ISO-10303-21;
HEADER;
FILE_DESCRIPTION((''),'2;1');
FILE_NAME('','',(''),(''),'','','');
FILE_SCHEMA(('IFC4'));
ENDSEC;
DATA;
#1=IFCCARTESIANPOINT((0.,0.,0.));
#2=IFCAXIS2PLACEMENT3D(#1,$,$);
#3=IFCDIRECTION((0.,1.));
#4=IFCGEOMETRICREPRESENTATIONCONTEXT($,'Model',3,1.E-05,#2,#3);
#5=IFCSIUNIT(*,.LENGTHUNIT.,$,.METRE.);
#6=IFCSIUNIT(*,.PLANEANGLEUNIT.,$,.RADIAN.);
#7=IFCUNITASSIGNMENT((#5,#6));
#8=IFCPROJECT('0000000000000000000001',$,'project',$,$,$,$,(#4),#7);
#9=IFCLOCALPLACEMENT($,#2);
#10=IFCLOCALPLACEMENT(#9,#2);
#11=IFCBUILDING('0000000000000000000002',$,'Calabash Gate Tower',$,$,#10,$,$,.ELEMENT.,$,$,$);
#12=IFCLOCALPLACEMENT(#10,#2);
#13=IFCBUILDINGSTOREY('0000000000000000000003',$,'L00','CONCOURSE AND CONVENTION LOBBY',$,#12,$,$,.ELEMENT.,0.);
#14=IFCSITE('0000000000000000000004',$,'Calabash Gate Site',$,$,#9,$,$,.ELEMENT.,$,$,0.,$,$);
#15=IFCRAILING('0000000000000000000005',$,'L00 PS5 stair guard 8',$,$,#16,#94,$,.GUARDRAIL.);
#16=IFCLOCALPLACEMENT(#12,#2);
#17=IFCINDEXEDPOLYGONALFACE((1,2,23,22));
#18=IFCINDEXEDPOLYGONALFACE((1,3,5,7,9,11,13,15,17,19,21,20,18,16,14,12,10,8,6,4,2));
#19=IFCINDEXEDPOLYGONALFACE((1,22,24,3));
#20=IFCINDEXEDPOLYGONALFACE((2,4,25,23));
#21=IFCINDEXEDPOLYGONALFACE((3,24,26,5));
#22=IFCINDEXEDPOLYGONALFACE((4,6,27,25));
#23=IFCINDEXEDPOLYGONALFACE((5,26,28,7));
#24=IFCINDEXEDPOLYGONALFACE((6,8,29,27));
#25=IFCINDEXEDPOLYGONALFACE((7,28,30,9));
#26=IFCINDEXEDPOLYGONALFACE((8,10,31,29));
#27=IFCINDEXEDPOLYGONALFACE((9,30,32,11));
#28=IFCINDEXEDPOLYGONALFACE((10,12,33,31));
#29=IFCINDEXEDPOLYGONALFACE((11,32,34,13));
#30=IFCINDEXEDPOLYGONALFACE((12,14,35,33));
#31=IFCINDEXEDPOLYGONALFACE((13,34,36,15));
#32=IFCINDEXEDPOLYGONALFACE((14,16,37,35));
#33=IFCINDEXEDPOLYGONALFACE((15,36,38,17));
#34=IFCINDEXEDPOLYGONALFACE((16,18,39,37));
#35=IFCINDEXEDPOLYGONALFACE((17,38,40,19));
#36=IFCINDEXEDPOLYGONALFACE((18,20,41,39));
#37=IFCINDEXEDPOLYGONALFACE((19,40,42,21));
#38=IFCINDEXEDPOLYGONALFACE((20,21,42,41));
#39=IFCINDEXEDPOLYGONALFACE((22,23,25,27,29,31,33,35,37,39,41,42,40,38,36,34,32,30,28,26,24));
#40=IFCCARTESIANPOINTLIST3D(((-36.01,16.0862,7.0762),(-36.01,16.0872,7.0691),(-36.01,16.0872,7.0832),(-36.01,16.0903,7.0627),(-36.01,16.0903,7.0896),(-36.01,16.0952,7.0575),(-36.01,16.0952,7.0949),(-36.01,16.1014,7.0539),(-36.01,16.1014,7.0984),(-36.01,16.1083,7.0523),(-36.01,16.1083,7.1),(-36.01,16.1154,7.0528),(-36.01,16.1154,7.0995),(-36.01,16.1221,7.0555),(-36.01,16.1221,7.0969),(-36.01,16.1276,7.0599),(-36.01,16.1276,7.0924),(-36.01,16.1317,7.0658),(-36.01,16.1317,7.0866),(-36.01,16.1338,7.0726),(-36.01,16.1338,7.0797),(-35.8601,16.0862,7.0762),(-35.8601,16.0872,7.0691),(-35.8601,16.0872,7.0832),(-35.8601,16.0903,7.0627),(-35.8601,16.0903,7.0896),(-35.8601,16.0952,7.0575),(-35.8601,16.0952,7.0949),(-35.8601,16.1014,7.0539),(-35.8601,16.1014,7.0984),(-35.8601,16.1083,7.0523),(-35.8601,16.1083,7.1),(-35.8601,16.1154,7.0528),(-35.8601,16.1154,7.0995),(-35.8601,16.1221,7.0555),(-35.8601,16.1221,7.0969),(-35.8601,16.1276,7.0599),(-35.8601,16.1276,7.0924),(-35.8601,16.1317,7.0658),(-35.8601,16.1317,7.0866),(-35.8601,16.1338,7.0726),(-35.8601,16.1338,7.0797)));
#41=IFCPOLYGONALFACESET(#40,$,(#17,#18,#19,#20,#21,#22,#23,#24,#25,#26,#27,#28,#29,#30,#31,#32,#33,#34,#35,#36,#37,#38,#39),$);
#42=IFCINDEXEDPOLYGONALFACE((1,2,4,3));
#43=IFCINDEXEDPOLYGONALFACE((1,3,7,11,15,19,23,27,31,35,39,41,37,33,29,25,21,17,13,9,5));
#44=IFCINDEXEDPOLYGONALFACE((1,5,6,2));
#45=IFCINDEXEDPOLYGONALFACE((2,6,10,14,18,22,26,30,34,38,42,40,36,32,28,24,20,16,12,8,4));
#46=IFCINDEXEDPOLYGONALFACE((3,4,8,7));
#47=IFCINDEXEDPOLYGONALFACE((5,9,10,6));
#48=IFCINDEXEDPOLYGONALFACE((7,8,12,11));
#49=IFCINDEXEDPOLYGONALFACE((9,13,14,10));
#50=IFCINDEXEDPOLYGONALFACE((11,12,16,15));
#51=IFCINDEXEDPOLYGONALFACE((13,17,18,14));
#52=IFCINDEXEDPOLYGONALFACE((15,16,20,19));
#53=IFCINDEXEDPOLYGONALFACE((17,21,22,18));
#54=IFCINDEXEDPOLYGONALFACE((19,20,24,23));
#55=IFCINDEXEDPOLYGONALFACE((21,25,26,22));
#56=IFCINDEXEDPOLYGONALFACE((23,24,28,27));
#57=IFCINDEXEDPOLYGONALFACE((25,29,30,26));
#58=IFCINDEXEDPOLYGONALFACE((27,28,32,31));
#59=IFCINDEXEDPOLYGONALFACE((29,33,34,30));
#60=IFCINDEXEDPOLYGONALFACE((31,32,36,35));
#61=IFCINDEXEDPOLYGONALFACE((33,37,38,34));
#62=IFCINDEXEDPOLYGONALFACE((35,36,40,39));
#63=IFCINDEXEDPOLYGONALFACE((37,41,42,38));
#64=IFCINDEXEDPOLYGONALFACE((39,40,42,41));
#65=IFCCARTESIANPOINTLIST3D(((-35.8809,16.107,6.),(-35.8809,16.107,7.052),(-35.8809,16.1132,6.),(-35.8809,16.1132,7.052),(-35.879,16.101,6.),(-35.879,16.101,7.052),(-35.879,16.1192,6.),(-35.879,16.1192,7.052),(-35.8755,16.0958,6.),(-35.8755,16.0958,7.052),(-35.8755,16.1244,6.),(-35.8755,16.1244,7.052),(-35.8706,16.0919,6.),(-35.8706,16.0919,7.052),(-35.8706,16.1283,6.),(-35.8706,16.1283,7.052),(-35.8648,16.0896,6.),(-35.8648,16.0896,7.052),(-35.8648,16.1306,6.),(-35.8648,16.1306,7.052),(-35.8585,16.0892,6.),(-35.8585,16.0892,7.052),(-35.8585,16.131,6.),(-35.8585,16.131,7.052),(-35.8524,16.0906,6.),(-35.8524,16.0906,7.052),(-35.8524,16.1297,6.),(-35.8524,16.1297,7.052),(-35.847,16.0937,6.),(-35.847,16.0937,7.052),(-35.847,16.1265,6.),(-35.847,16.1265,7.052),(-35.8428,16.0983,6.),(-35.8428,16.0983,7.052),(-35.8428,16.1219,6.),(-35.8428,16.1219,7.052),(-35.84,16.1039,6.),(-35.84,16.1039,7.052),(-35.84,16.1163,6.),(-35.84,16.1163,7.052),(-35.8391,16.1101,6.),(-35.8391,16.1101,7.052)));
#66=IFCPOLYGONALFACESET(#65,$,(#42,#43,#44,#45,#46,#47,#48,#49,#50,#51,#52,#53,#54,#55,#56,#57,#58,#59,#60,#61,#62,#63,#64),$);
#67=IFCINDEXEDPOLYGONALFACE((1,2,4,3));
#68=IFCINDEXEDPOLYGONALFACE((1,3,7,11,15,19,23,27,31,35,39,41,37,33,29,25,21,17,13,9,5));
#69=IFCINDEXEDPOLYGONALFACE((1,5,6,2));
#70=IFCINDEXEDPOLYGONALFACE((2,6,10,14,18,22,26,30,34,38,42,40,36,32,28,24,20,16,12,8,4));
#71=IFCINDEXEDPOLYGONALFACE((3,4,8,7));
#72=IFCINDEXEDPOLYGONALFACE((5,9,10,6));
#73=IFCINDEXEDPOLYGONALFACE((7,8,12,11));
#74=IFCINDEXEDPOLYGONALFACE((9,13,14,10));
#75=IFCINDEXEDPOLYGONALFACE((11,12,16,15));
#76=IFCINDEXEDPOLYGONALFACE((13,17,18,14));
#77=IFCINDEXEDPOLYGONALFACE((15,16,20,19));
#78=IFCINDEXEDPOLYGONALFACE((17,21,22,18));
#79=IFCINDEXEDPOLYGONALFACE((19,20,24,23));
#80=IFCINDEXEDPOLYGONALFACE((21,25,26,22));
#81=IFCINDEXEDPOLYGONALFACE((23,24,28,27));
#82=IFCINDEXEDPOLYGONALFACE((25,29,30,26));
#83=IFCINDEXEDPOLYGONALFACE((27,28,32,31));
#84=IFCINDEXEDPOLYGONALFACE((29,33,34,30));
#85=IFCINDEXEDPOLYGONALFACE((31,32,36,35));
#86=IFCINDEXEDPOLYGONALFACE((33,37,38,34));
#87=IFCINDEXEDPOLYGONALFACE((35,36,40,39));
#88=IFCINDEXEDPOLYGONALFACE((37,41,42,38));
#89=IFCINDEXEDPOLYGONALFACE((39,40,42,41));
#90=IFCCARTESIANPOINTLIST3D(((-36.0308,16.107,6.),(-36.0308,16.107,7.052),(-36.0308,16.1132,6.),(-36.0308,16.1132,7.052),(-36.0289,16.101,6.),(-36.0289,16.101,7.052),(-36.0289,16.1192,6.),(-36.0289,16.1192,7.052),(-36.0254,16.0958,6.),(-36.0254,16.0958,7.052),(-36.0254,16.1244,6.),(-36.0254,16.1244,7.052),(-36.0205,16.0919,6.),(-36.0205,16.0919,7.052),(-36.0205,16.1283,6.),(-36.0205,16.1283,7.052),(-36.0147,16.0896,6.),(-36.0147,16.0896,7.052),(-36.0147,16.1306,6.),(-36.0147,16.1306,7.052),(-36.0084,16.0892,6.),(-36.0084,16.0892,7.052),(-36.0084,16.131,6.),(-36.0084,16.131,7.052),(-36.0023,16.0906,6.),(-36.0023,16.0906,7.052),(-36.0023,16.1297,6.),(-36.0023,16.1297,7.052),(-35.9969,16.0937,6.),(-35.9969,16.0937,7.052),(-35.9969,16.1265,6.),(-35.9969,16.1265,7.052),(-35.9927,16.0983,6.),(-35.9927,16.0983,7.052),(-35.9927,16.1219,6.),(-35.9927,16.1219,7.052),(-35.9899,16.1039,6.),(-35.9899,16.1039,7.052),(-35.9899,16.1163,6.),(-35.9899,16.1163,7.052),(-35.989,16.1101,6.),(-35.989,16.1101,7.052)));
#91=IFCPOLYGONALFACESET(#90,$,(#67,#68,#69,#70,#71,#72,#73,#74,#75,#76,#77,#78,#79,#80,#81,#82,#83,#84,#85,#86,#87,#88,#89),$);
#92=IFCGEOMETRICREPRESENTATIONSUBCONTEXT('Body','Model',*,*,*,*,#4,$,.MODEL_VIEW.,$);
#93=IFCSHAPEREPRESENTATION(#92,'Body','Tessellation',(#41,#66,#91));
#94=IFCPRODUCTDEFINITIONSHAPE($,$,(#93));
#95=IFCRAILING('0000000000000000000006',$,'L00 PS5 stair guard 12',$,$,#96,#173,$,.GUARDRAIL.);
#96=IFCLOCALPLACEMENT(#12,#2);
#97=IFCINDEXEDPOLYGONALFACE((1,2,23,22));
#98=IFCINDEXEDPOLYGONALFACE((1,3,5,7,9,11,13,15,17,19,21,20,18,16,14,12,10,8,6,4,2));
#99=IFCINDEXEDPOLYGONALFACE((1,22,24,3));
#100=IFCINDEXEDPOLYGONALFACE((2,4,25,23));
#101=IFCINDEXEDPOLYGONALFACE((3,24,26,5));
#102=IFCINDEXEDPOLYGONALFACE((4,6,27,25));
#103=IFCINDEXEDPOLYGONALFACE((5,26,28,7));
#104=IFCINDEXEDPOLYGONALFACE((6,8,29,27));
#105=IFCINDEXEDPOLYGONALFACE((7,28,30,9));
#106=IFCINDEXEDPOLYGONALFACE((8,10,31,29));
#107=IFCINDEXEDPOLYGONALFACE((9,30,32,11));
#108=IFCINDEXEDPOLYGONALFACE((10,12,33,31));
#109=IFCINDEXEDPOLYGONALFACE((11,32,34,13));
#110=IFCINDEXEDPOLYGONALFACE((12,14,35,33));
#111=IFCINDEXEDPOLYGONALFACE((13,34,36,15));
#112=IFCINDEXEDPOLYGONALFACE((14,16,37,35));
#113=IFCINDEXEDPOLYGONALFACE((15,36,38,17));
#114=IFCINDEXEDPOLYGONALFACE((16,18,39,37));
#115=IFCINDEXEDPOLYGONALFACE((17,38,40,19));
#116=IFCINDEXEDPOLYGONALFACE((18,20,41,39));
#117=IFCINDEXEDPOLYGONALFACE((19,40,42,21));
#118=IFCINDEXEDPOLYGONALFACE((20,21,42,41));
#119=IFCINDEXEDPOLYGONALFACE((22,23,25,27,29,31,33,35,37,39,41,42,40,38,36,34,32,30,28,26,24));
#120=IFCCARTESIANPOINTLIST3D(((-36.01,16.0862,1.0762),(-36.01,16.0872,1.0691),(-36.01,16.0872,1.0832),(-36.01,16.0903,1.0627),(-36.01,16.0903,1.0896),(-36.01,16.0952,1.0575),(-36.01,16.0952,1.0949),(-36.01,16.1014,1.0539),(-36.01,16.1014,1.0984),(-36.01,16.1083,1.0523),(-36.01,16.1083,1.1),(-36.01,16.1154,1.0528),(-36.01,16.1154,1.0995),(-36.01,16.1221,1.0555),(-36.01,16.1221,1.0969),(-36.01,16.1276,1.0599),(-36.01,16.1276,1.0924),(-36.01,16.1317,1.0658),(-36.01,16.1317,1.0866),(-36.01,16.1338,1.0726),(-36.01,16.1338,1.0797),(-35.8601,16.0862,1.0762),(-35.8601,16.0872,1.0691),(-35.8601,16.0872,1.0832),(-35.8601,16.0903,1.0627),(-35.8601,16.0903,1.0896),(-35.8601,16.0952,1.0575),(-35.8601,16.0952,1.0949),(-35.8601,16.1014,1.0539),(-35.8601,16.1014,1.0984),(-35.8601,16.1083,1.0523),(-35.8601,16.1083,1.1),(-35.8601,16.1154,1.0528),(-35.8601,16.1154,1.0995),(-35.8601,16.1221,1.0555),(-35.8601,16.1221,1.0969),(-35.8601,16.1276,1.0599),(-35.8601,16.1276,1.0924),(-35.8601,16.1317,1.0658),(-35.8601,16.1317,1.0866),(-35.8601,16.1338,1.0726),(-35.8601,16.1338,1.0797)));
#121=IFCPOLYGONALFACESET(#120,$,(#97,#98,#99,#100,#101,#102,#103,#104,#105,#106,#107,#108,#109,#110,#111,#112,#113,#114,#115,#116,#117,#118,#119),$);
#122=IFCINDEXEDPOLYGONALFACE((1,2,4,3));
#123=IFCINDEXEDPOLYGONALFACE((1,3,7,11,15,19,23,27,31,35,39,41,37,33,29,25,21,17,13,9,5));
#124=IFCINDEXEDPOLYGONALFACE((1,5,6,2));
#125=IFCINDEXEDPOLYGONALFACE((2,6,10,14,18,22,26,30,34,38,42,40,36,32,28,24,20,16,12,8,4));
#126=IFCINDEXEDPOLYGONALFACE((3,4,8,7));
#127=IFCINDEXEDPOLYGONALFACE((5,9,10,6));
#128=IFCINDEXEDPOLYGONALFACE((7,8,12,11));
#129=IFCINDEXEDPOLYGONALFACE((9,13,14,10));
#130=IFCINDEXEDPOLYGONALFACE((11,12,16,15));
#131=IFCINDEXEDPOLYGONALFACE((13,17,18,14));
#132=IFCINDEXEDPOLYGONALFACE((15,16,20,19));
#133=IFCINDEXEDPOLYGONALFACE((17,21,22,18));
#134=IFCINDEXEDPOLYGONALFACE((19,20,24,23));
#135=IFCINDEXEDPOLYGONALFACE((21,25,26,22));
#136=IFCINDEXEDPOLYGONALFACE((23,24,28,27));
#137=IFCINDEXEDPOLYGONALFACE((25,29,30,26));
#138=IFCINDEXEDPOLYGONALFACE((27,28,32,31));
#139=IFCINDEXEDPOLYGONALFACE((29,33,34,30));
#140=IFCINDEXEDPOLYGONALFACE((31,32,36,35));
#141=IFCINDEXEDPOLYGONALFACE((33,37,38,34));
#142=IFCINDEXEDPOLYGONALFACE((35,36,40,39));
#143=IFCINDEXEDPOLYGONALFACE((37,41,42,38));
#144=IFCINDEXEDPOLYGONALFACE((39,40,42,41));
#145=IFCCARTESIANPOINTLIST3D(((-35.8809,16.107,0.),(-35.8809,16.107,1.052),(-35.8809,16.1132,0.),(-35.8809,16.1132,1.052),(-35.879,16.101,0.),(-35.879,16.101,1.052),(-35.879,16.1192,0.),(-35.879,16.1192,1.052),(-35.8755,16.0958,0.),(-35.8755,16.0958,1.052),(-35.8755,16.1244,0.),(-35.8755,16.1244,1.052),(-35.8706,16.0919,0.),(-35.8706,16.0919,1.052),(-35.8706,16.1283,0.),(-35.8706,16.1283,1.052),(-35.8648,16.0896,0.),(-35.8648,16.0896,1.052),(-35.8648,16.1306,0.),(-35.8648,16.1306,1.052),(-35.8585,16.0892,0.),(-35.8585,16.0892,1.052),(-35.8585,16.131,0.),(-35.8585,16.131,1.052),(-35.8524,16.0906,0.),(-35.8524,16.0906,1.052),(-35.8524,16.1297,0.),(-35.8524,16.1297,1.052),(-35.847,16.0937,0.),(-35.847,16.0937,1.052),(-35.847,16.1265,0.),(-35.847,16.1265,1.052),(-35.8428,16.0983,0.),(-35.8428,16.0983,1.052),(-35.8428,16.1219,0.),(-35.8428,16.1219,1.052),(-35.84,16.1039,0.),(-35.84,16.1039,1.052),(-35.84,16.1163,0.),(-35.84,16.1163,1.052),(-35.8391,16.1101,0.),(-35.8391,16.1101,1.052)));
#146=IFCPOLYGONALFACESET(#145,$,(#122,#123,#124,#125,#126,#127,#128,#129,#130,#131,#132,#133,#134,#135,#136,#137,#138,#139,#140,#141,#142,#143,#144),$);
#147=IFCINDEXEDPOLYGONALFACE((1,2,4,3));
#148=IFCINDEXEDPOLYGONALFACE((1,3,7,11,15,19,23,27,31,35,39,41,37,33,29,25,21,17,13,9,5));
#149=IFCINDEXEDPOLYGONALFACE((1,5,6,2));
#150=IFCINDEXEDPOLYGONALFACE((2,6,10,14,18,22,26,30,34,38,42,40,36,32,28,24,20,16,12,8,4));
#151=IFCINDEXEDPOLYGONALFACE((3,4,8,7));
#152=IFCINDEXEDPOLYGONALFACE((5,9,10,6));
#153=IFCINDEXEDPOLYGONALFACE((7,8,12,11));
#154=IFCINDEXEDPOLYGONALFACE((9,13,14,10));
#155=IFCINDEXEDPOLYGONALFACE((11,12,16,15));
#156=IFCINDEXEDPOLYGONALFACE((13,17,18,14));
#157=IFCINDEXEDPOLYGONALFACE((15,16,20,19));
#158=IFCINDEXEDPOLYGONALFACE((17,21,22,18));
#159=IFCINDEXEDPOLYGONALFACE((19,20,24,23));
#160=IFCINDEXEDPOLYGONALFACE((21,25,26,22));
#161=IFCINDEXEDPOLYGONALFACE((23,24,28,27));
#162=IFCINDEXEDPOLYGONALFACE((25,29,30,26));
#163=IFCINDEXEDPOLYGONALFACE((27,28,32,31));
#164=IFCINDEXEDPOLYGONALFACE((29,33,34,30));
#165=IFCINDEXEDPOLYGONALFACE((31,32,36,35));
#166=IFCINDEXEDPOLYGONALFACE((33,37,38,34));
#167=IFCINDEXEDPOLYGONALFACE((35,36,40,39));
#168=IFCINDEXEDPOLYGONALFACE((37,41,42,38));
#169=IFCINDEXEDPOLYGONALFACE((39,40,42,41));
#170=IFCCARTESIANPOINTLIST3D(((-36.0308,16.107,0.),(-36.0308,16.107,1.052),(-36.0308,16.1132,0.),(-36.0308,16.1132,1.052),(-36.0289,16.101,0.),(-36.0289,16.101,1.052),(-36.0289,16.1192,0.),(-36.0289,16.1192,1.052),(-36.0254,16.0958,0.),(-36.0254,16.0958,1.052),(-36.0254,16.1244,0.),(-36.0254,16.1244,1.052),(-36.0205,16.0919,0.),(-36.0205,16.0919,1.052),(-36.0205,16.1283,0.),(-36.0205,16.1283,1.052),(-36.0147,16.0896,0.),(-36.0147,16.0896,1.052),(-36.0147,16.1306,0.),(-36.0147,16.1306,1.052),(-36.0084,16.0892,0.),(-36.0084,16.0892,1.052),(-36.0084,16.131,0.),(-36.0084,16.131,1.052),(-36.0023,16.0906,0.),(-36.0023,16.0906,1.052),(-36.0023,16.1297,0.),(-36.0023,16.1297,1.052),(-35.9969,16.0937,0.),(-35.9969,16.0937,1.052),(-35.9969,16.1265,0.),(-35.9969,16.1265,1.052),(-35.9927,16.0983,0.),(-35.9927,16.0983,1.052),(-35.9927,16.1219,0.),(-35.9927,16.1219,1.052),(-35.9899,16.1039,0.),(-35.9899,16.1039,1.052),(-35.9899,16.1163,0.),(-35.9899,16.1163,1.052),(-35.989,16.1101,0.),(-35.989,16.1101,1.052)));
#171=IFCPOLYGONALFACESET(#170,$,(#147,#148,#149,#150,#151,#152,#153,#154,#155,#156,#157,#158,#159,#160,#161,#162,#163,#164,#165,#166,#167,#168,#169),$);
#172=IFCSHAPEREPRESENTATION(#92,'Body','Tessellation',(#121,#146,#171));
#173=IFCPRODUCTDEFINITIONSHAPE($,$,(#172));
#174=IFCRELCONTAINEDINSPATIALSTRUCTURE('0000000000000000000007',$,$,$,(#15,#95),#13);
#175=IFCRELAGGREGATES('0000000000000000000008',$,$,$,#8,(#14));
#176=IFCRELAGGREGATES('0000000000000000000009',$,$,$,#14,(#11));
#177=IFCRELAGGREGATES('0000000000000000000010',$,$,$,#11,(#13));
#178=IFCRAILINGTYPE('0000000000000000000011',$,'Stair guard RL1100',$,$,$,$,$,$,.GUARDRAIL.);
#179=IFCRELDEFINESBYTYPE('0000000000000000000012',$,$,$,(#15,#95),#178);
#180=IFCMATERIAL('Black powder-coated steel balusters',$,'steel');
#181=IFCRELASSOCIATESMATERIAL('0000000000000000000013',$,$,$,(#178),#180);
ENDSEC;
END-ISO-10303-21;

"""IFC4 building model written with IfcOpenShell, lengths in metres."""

from ifc_helpers import new_model, si_unit, direction, frame, origin, origin_2d, place, context, subcontext, project, spatial, circle, extrude, material, type_object, element, save


model = new_model("IFC4")

# Units and contexts
model_context = context("Model", 3, precision=1e-05, world=origin(), true_north=direction((0.0, 1.0)))
body_context = subcontext(model_context, "Body", "Model", "MODEL_VIEW")
ifc_project = project(units=[si_unit("LENGTHUNIT", "METRE"), si_unit("PLANEANGLEUNIT", "RADIAN")], contexts=[model_context])

# Site, building, storey
site_placement = place(None, origin())
site = spatial("IfcSite", under=ifc_project, at=site_placement, Name="Calabash Gate Site", CompositionType="ELEMENT", RefElevation=0.0)
building_placement = place(site_placement, origin())
building = spatial("IfcBuilding", under=site, at=building_placement, Name="Calabash Gate Tower", CompositionType="ELEMENT")
storey_placement = place(building_placement, origin())
storey = spatial("IfcBuildingStorey", under=building, at=storey_placement, Name="L00", Description="CONCOURSE AND CONVENTION LOBBY", CompositionType="ELEMENT", Elevation=0.0)

# Railings
ifc_material_1 = material(Name="Black powder-coated steel balusters", Category="steel")
railing_type = type_object("IfcRailingType", Name="Stair guard RL1100", PredefinedType="GUARDRAIL", material=ifc_material_1)
for number, where, name in (
    (1, (-35.8601, 16.1101, 6.0), "L00 PS5 stair guard 8"),
    (2, (-35.8601, 16.1101, 0.0), "L00 PS5 stair guard 12"),
):
    element("IfcRailing", number, at=place(storey_placement, frame(where)), inside=storey, type_object=railing_type, Name=name, PredefinedType="GUARDRAIL", context=body_context, shape_type="SweptSolid", body=[
        extrude(circle(Radius=0.0239, at=origin_2d()), frame((0.0, 0.0, 1.0762), z_axis=(-1.0, 0.0, 0.0), x_axis=(0.0, -1.0, 0.0)), (0.0, 0.0, 1.0), 0.1499),
        extrude(circle(Radius=0.021, at=origin_2d()), origin(), (0.0, 0.0, 1.0), 1.052),
        extrude(circle(Radius=0.021, at=origin_2d()), frame((-0.1499, 0.0, 0.0)), (0.0, 0.0, 1.0), 1.052),
    ])

save(model, "model.ifc")
